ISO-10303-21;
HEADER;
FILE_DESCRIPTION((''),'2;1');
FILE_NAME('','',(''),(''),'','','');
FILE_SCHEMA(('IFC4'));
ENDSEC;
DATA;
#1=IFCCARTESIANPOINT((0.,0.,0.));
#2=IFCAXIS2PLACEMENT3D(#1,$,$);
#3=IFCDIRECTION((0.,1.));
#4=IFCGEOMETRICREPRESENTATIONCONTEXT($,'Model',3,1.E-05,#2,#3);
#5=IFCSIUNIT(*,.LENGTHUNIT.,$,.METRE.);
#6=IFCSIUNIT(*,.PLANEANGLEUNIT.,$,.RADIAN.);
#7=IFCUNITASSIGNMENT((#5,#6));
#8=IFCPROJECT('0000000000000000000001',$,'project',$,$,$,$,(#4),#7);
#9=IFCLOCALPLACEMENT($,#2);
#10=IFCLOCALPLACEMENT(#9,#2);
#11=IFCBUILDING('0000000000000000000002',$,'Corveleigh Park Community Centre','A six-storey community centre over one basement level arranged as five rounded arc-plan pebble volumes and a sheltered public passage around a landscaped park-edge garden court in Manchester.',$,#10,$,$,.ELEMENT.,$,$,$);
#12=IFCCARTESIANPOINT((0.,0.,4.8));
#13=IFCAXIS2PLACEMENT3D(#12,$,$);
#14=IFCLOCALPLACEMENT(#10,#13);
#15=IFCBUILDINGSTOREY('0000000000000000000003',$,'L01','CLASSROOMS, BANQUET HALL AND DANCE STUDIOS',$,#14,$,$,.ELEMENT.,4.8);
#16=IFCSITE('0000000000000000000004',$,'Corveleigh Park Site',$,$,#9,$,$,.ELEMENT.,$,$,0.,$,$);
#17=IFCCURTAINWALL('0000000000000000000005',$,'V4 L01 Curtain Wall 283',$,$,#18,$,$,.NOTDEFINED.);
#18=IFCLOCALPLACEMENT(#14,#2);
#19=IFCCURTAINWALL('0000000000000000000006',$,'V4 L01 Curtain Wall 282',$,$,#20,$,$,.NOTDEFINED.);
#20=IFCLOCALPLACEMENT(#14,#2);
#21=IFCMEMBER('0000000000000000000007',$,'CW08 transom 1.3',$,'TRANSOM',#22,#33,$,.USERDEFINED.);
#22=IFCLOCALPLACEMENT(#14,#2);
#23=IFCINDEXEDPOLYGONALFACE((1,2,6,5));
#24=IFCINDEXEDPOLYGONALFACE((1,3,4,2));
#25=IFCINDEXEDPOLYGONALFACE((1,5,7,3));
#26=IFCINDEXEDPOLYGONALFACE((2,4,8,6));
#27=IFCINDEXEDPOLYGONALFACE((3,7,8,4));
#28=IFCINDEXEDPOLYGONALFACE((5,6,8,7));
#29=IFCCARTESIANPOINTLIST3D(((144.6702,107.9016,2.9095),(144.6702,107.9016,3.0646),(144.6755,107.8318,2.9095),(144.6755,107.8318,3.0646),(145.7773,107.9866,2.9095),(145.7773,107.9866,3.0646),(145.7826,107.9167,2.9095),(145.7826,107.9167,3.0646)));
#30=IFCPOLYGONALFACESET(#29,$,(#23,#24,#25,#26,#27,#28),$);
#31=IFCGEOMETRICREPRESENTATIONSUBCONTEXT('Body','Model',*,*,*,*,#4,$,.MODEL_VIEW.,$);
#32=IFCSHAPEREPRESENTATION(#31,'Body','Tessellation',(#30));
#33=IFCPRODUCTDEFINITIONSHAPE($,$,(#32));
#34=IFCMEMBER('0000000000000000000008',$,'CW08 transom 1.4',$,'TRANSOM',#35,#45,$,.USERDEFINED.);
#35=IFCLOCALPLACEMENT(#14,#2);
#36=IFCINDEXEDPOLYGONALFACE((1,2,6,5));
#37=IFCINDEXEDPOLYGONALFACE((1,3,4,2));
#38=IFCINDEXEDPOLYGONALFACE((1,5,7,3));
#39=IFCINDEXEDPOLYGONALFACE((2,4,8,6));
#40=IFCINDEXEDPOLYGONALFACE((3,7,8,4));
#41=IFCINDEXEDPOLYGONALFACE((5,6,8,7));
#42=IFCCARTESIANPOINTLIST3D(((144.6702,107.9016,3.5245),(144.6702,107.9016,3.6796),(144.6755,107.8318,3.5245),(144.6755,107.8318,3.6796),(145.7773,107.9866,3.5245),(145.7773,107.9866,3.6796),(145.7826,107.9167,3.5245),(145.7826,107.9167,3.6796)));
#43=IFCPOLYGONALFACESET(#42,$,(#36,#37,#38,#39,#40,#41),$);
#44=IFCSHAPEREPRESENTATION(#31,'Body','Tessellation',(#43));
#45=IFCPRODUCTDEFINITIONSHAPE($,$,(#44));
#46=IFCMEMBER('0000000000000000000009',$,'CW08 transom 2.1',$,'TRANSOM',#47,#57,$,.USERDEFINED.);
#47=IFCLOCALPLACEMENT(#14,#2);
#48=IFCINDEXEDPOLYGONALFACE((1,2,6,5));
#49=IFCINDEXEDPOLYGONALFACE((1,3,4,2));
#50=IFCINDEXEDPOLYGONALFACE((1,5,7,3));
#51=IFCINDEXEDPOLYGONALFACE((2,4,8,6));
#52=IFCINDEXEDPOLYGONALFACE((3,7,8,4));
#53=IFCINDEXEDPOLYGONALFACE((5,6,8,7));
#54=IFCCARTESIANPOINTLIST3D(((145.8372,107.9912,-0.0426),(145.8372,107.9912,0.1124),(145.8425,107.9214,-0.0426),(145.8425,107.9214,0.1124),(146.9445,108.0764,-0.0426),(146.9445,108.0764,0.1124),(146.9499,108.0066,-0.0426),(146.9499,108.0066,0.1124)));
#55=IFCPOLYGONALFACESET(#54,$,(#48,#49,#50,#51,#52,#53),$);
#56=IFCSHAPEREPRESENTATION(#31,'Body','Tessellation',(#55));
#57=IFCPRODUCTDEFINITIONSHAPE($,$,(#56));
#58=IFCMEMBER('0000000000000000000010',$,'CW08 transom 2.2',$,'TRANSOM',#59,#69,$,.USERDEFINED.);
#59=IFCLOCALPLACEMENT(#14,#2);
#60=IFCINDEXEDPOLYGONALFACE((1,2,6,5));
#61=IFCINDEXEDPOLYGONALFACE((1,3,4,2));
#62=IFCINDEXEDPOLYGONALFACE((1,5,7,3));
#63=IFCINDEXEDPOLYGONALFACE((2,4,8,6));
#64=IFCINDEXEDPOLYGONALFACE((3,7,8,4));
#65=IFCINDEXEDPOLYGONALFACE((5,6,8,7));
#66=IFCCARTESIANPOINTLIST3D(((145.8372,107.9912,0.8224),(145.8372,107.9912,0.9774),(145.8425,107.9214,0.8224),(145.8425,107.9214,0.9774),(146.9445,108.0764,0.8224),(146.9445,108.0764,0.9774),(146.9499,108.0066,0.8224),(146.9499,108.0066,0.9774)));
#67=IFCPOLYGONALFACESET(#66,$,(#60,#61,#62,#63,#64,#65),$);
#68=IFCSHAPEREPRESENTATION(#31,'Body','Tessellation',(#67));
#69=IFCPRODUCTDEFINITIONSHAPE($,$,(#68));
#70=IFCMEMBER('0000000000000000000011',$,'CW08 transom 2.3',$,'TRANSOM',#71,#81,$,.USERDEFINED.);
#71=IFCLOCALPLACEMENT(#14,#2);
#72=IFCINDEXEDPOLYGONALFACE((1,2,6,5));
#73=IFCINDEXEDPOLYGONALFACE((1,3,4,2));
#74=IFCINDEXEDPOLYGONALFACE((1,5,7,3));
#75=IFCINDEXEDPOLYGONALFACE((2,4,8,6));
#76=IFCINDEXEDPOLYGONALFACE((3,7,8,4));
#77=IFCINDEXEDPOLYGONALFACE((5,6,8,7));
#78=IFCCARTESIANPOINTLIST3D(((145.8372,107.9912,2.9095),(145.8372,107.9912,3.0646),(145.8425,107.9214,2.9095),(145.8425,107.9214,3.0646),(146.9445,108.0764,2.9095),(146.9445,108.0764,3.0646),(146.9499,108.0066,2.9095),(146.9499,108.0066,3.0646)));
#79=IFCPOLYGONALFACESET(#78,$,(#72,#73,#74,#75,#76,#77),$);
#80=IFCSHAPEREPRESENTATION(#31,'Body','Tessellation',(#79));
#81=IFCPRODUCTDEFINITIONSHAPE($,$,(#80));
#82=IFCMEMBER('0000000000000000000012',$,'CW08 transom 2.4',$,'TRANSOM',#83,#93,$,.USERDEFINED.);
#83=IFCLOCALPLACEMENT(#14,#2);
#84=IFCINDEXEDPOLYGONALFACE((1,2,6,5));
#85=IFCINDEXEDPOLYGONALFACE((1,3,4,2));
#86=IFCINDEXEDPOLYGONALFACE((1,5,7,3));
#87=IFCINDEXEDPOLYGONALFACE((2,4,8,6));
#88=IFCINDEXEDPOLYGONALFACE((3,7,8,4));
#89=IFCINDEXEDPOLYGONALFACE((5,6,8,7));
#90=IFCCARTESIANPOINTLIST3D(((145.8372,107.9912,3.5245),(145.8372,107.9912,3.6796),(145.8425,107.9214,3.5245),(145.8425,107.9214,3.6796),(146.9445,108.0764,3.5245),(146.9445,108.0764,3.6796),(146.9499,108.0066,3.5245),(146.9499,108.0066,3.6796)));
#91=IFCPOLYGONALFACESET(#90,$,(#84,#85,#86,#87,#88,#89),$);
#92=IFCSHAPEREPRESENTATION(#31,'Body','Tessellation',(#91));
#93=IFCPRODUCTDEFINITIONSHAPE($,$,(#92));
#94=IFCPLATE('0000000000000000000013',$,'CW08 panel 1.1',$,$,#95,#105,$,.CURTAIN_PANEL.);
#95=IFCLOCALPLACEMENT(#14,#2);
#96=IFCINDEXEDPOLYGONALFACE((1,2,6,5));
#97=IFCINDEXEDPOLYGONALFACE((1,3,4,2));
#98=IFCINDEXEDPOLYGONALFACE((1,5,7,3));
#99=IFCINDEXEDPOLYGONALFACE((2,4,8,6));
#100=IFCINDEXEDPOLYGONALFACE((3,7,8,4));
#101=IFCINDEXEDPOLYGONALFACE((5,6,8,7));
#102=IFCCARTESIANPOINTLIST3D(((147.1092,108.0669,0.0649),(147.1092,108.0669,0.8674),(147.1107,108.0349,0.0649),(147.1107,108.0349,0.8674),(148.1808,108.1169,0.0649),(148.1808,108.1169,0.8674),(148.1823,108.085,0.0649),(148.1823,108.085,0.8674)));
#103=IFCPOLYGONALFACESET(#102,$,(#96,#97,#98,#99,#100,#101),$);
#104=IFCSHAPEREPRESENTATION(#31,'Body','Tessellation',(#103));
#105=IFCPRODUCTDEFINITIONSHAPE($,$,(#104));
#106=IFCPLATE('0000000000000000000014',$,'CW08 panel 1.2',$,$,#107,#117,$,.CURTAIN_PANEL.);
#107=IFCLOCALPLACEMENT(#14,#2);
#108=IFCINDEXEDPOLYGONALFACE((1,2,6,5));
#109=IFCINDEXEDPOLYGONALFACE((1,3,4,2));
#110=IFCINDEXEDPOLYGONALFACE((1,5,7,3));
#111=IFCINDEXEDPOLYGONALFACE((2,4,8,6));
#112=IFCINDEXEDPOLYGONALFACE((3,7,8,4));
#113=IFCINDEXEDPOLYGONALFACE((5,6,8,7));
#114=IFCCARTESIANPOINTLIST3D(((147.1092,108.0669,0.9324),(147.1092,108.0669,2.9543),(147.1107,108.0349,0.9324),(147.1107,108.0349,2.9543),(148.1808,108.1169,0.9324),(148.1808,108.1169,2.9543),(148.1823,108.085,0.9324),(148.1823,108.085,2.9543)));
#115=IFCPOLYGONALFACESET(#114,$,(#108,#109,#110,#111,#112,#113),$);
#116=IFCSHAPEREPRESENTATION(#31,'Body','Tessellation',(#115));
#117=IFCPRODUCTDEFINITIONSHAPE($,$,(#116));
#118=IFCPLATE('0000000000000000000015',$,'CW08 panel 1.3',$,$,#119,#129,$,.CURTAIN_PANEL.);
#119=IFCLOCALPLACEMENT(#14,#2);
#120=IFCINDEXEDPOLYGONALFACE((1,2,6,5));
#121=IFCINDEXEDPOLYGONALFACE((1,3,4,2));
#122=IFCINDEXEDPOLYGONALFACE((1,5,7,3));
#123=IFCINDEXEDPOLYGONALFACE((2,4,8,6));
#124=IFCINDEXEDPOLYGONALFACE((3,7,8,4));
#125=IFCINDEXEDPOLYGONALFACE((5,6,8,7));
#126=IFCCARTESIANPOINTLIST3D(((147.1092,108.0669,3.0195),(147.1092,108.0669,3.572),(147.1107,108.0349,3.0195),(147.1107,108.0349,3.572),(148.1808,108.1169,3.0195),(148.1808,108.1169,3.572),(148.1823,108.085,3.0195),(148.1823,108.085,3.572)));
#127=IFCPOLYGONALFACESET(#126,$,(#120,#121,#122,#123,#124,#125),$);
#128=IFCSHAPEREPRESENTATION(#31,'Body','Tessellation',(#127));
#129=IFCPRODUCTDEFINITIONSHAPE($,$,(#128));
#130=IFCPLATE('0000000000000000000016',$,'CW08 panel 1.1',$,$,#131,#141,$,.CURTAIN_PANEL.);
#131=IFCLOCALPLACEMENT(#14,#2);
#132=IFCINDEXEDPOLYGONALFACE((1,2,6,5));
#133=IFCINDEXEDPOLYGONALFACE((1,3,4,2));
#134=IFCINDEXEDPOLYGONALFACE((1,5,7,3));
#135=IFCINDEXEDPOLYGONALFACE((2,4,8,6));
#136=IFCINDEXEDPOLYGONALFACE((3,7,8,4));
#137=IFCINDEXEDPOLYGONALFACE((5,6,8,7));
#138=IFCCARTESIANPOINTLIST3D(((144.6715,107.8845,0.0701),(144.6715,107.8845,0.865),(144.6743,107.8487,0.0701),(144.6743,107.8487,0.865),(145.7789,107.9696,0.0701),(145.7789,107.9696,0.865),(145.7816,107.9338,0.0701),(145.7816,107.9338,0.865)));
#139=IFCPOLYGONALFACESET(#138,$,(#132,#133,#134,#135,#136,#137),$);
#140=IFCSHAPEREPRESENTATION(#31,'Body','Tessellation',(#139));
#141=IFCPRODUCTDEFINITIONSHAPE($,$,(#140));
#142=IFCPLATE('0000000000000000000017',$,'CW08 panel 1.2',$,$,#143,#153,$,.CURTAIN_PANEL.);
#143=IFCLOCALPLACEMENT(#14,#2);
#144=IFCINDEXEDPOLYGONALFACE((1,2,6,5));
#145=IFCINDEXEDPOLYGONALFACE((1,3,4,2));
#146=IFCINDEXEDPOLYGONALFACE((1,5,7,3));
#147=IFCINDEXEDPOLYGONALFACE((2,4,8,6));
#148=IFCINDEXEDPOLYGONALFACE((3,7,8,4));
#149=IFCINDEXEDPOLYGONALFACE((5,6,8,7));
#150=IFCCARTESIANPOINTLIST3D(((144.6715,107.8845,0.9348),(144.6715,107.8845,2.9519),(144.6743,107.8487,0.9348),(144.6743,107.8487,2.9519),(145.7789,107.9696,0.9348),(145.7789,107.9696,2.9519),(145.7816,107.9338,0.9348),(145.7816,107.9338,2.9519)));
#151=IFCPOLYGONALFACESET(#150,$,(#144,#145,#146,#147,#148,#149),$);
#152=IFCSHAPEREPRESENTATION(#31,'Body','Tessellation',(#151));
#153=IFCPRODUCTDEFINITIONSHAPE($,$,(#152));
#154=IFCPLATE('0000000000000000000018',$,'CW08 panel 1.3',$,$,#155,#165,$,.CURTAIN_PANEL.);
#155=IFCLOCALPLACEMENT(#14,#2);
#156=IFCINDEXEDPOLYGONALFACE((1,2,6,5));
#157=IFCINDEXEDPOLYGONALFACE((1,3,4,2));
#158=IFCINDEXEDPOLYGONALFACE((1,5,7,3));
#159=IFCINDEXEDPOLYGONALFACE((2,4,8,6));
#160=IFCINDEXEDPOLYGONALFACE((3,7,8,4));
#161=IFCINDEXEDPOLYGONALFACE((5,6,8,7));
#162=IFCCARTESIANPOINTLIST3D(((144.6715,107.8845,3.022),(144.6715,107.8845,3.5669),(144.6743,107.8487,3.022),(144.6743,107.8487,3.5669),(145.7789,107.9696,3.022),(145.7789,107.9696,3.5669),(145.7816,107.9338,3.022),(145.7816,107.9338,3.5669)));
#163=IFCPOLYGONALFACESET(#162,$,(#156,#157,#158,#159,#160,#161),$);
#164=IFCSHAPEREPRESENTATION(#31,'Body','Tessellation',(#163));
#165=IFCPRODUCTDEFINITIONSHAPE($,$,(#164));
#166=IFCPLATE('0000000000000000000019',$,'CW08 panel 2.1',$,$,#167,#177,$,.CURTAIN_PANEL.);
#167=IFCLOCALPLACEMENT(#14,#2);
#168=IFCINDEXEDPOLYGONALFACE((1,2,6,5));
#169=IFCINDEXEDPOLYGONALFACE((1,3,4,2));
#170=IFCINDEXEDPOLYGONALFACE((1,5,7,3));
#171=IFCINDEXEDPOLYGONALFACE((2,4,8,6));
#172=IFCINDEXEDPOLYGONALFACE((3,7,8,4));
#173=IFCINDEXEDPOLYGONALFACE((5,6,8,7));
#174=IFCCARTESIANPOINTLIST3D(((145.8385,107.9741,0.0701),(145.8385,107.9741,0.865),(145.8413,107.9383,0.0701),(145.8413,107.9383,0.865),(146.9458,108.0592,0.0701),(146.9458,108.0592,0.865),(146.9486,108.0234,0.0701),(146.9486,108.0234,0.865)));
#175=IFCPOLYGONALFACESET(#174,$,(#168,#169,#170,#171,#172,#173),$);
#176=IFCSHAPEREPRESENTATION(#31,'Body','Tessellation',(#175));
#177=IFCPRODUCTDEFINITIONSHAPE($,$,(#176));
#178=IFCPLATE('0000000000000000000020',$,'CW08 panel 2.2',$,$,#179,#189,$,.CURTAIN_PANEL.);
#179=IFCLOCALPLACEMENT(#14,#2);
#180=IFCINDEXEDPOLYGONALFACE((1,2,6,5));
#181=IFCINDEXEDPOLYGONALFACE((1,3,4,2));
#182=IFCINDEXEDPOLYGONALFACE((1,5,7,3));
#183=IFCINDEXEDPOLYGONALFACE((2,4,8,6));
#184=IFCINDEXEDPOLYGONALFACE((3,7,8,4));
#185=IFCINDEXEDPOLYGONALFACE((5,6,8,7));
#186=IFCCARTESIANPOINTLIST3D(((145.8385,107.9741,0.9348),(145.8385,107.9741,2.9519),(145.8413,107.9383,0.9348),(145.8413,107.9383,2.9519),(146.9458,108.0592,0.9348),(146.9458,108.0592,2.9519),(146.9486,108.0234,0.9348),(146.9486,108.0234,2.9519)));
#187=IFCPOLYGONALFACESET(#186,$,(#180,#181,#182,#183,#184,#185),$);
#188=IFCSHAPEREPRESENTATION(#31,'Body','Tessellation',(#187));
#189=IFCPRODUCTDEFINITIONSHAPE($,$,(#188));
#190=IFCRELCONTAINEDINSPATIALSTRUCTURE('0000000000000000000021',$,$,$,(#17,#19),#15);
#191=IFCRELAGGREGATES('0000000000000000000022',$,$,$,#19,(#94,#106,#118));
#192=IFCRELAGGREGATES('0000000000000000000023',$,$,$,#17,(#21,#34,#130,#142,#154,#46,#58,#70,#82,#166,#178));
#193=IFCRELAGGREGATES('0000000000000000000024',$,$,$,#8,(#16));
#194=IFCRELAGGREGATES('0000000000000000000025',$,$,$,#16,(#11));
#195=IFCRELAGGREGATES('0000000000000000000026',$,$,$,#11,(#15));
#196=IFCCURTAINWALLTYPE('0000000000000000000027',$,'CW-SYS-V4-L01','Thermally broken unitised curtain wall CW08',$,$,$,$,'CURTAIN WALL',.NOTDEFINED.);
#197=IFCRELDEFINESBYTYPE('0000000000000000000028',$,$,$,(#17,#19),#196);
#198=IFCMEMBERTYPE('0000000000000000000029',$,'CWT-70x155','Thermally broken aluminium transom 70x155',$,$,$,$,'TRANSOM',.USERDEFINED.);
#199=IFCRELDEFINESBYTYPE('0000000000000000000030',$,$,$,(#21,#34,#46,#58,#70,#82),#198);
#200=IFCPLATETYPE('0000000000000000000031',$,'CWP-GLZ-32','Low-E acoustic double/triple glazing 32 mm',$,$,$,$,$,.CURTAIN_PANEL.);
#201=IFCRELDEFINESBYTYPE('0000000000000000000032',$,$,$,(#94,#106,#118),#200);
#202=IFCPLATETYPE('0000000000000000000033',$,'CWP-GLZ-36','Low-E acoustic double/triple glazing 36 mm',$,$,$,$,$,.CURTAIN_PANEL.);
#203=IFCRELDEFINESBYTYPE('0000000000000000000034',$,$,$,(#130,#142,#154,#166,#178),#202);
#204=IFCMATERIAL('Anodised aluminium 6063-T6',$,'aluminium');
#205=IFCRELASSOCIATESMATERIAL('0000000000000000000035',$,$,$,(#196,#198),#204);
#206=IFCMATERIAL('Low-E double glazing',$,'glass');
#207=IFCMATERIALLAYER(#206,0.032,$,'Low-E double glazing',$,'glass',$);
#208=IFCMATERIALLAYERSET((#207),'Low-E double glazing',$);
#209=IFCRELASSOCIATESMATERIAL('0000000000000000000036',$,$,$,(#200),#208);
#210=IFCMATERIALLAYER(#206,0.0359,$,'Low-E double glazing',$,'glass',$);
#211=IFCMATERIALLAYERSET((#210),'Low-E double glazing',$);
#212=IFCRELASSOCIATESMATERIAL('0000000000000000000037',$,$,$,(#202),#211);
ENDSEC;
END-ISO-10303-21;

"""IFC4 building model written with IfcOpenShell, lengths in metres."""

from ifc_helpers import new_model, si_unit, direction, frame, origin, origin_2d, place, context, subcontext, project, spatial, rectangle, extrude, material, layer, layer_set, material_profile, profile_set, type_object, element, aggregate, save


model = new_model("IFC4")

# Units and contexts
model_context = context("Model", 3, precision=1e-05, world=origin(), true_north=direction((0.0, 1.0)))
body_context = subcontext(model_context, "Body", "Model", "MODEL_VIEW")
ifc_project = project(units=[si_unit("LENGTHUNIT", "METRE"), si_unit("PLANEANGLEUNIT", "RADIAN")], contexts=[model_context])

# Site, building, storey
site_placement = place(None, origin())
site = spatial("IfcSite", under=ifc_project, at=site_placement, Name="Corveleigh Park Site", CompositionType="ELEMENT", RefElevation=0.0)
building_placement = place(site_placement, origin())
building = spatial("IfcBuilding", under=site, at=building_placement, Name="Corveleigh Park Community Centre", Description="A six-storey community centre over one basement level arranged as five rounded arc-plan pebble volumes and a sheltered public passage around a landscaped park-edge garden court in Manchester.", CompositionType="ELEMENT")
storey_placement = place(building_placement, frame((0.0, 0.0, 4.8)))
storey = spatial("IfcBuildingStorey", under=building, at=storey_placement, Name="L01", Description="CLASSROOMS, BANQUET HALL AND DANCE STUDIOS", CompositionType="ELEMENT", Elevation=4.8)

# Curtain walls
ifc_material_1 = material(Name="Anodised aluminium 6063-T6", Category="aluminium")
curtain_wall_type = type_object("IfcCurtainWallType", Name="CW-SYS-V4-L01", Description="Thermally broken unitised curtain wall CW08", ElementType="CURTAIN WALL", PredefinedType="NOTDEFINED", material=ifc_material_1)
curtain_wall_1_placement = place(storey_placement, origin())
curtain_wall_1 = element("IfcCurtainWall", 1, at=curtain_wall_1_placement, inside=storey, type_object=curtain_wall_type, Name="V4 L01 Curtain Wall 283", PredefinedType="NOTDEFINED")
curtain_wall_2_placement = place(storey_placement, origin())
curtain_wall_2 = element("IfcCurtainWall", 2, at=curtain_wall_2_placement, inside=storey, type_object=curtain_wall_type, Name="V4 L01 Curtain Wall 282", PredefinedType="NOTDEFINED")

# Members
ifc_material_profile_1 = material_profile(ifc_material_1, rectangle(XDim=0.0701, YDim=0.155, at=origin_2d()), Name="ALU-T70x155", Category="aluminium")
ifc_profile_set_1 = profile_set([ifc_material_profile_1], Name="Anodised aluminium 6063-T6")
member_type_1 = type_object("IfcMemberType", Name="CWT-70x155", Description="Thermally broken aluminium transom 70x155", ElementType="TRANSOM", PredefinedType="USERDEFINED", material=ifc_profile_set_1)
member_1_placement = place(storey_placement, frame((144.6729, 107.8667, 2.9871), z_axis=(0.997069, 0.076512, 0.0), x_axis=(-0.076512, 0.997069, 0.0)))
member_1 = element("IfcMember", 3, at=member_1_placement, type_object=member_type_1, Name="CW08 transom 1.3", ObjectType="TRANSOM", PredefinedType="USERDEFINED", context=body_context, shape_type="SweptSolid", body=[
    extrude(rectangle(XDim=0.0701, YDim=0.155, at=origin_2d()), origin(), (0.0, 0.0, 1.0), 1.1104),
])
member_2_placement = place(storey_placement, frame((144.6729, 107.8667, 3.6021), z_axis=(0.997069, 0.076512, 0.0), x_axis=(-0.076512, 0.997069, 0.0)))
member_2 = element("IfcMember", 4, at=member_2_placement, type_object=member_type_1, Name="CW08 transom 1.4", ObjectType="TRANSOM", PredefinedType="USERDEFINED", context=body_context, shape_type="SweptSolid", body=[
    extrude(rectangle(XDim=0.0701, YDim=0.155, at=origin_2d()), origin(), (0.0, 0.0, 1.0), 1.1104),
])
member_3_placement = place(storey_placement, frame((145.8398, 107.9563, 0.0349), z_axis=(0.997053, 0.076713, 0.0), x_axis=(-0.076713, 0.997053, 0.0)))
member_3 = element("IfcMember", 5, at=member_3_placement, type_object=member_type_1, Name="CW08 transom 2.1", ObjectType="TRANSOM", PredefinedType="USERDEFINED", context=body_context, shape_type="SweptSolid", body=[
    extrude(rectangle(XDim=0.0701, YDim=0.155, at=origin_2d()), origin(), (0.0, 0.0, 1.0), 1.1106),
])
member_4_placement = place(storey_placement, frame((145.8398, 107.9563, 0.8999), z_axis=(0.997053, 0.076713, 0.0), x_axis=(-0.076713, 0.997053, 0.0)))
member_4 = element("IfcMember", 6, at=member_4_placement, type_object=member_type_1, Name="CW08 transom 2.2", ObjectType="TRANSOM", PredefinedType="USERDEFINED", context=body_context, shape_type="SweptSolid", body=[
    extrude(rectangle(XDim=0.0701, YDim=0.155, at=origin_2d()), origin(), (0.0, 0.0, 1.0), 1.1106),
])
member_5_placement = place(storey_placement, frame((145.8398, 107.9563, 2.9871), z_axis=(0.997053, 0.076713, 0.0), x_axis=(-0.076713, 0.997053, 0.0)))
member_5 = element("IfcMember", 7, at=member_5_placement, type_object=member_type_1, Name="CW08 transom 2.3", ObjectType="TRANSOM", PredefinedType="USERDEFINED", context=body_context, shape_type="SweptSolid", body=[
    extrude(rectangle(XDim=0.0701, YDim=0.155, at=origin_2d()), origin(), (0.0, 0.0, 1.0), 1.1106),
])
member_6_placement = place(storey_placement, frame((145.8398, 107.9563, 3.6021), z_axis=(0.997053, 0.076713, 0.0), x_axis=(-0.076713, 0.997053, 0.0)))
member_6 = element("IfcMember", 8, at=member_6_placement, type_object=member_type_1, Name="CW08 transom 2.4", ObjectType="TRANSOM", PredefinedType="USERDEFINED", context=body_context, shape_type="SweptSolid", body=[
    extrude(rectangle(XDim=0.0701, YDim=0.155, at=origin_2d()), origin(), (0.0, 0.0, 1.0), 1.1106),
])

# Plates
ifc_material_2 = material(Name="Low-E double glazing", Category="glass")
ifc_layer_1 = layer(ifc_material_2, 0.032, Name="Low-E double glazing", Category="glass")
ifc_layer_set_1 = layer_set([ifc_layer_1], Name="Low-E double glazing")
plate_type_1 = type_object("IfcPlateType", Name="CWP-GLZ-32", Description="Low-E acoustic double/triple glazing 32 mm", PredefinedType="CURTAIN_PANEL", material=ifc_layer_set_1)
plate_1_placement = place(storey_placement, frame((147.6458, 108.0759, 0.0649), z_axis=(0.0, 0.0, 1.0), x_axis=(0.998911, 0.046655, 0.0)))
plate_1 = element("IfcPlate", 9, at=plate_1_placement, type_object=plate_type_1, Name="CW08 panel 1.1", PredefinedType="CURTAIN_PANEL", context=body_context, shape_type="SweptSolid", body=[
    extrude(rectangle(XDim=1.0728, YDim=0.032, at=origin_2d()), origin(), (0.0, 0.0, 1.0), 0.8025),
])
plate_2_placement = place(storey_placement, frame((147.6458, 108.0759, 0.9324), z_axis=(0.0, 0.0, 1.0), x_axis=(0.998911, 0.046655, 0.0)))
plate_2 = element("IfcPlate", 10, at=plate_2_placement, type_object=plate_type_1, Name="CW08 panel 1.2", PredefinedType="CURTAIN_PANEL", context=body_context, shape_type="SweptSolid", body=[
    extrude(rectangle(XDim=1.0728, YDim=0.032, at=origin_2d()), origin(), (0.0, 0.0, 1.0), 2.022),
])
plate_3_placement = place(storey_placement, frame((147.6458, 108.0759, 3.0195), z_axis=(0.0, 0.0, 1.0), x_axis=(0.998911, 0.046655, 0.0)))
plate_3 = element("IfcPlate", 11, at=plate_3_placement, type_object=plate_type_1, Name="CW08 panel 1.3", PredefinedType="CURTAIN_PANEL", context=body_context, shape_type="SweptSolid", body=[
    extrude(rectangle(XDim=1.0728, YDim=0.032, at=origin_2d()), origin(), (0.0, 0.0, 1.0), 0.5525),
])
aggregate(curtain_wall_2, [plate_1, plate_2, plate_3])
ifc_layer_2 = layer(ifc_material_2, 0.0359, Name="Low-E double glazing", Category="glass")
ifc_layer_set_2 = layer_set([ifc_layer_2], Name="Low-E double glazing")
plate_type_2 = type_object("IfcPlateType", Name="CWP-GLZ-36", Description="Low-E acoustic double/triple glazing 36 mm", PredefinedType="CURTAIN_PANEL", material=ifc_layer_set_2)
plate_4_placement = place(storey_placement, frame((145.2266, 107.9092, 0.0701), z_axis=(0.0, 0.0, 1.0), x_axis=(0.997059, 0.076633, 0.0)))
plate_4 = element("IfcPlate", 12, at=plate_4_placement, type_object=plate_type_2, Name="CW08 panel 1.1", PredefinedType="CURTAIN_PANEL", context=body_context, shape_type="SweptSolid", body=[
    extrude(rectangle(XDim=1.1106, YDim=0.0359, at=origin_2d()), origin(), (0.0, 0.0, 1.0), 0.7949),
])
plate_5_placement = place(storey_placement, frame((145.2266, 107.9092, 0.9348), z_axis=(0.0, 0.0, 1.0), x_axis=(0.997059, 0.076633, 0.0)))
plate_5 = element("IfcPlate", 13, at=plate_5_placement, type_object=plate_type_2, Name="CW08 panel 1.2", PredefinedType="CURTAIN_PANEL", context=body_context, shape_type="SweptSolid", body=[
    extrude(rectangle(XDim=1.1106, YDim=0.0359, at=origin_2d()), origin(), (0.0, 0.0, 1.0), 2.0171),
])
plate_6_placement = place(storey_placement, frame((145.2266, 107.9092, 3.022), z_axis=(0.0, 0.0, 1.0), x_axis=(0.997059, 0.076633, 0.0)))
plate_6 = element("IfcPlate", 14, at=plate_6_placement, type_object=plate_type_2, Name="CW08 panel 1.3", PredefinedType="CURTAIN_PANEL", context=body_context, shape_type="SweptSolid", body=[
    extrude(rectangle(XDim=1.1106, YDim=0.0359, at=origin_2d()), origin(), (0.0, 0.0, 1.0), 0.5449),
])
plate_7_placement = place(storey_placement, frame((146.3936, 107.9988, 0.0701), z_axis=(0.0, 0.0, 1.0), x_axis=(0.997059, 0.076633, 0.0)))
plate_7 = element("IfcPlate", 15, at=plate_7_placement, type_object=plate_type_2, Name="CW08 panel 2.1", PredefinedType="CURTAIN_PANEL", context=body_context, shape_type="SweptSolid", body=[
    extrude(rectangle(XDim=1.1106, YDim=0.0359, at=origin_2d()), origin(), (0.0, 0.0, 1.0), 0.7949),
])
plate_8_placement = place(storey_placement, frame((146.3936, 107.9988, 0.9348), z_axis=(0.0, 0.0, 1.0), x_axis=(0.997059, 0.076633, 0.0)))
plate_8 = element("IfcPlate", 16, at=plate_8_placement, type_object=plate_type_2, Name="CW08 panel 2.2", PredefinedType="CURTAIN_PANEL", context=body_context, shape_type="SweptSolid", body=[
    extrude(rectangle(XDim=1.1106, YDim=0.0359, at=origin_2d()), origin(), (0.0, 0.0, 1.0), 2.0171),
])
aggregate(curtain_wall_1, [member_1, member_2, plate_4, plate_5, plate_6, member_3, member_4, member_5, member_6, plate_7, plate_8])

save(model, "model.ifc")
